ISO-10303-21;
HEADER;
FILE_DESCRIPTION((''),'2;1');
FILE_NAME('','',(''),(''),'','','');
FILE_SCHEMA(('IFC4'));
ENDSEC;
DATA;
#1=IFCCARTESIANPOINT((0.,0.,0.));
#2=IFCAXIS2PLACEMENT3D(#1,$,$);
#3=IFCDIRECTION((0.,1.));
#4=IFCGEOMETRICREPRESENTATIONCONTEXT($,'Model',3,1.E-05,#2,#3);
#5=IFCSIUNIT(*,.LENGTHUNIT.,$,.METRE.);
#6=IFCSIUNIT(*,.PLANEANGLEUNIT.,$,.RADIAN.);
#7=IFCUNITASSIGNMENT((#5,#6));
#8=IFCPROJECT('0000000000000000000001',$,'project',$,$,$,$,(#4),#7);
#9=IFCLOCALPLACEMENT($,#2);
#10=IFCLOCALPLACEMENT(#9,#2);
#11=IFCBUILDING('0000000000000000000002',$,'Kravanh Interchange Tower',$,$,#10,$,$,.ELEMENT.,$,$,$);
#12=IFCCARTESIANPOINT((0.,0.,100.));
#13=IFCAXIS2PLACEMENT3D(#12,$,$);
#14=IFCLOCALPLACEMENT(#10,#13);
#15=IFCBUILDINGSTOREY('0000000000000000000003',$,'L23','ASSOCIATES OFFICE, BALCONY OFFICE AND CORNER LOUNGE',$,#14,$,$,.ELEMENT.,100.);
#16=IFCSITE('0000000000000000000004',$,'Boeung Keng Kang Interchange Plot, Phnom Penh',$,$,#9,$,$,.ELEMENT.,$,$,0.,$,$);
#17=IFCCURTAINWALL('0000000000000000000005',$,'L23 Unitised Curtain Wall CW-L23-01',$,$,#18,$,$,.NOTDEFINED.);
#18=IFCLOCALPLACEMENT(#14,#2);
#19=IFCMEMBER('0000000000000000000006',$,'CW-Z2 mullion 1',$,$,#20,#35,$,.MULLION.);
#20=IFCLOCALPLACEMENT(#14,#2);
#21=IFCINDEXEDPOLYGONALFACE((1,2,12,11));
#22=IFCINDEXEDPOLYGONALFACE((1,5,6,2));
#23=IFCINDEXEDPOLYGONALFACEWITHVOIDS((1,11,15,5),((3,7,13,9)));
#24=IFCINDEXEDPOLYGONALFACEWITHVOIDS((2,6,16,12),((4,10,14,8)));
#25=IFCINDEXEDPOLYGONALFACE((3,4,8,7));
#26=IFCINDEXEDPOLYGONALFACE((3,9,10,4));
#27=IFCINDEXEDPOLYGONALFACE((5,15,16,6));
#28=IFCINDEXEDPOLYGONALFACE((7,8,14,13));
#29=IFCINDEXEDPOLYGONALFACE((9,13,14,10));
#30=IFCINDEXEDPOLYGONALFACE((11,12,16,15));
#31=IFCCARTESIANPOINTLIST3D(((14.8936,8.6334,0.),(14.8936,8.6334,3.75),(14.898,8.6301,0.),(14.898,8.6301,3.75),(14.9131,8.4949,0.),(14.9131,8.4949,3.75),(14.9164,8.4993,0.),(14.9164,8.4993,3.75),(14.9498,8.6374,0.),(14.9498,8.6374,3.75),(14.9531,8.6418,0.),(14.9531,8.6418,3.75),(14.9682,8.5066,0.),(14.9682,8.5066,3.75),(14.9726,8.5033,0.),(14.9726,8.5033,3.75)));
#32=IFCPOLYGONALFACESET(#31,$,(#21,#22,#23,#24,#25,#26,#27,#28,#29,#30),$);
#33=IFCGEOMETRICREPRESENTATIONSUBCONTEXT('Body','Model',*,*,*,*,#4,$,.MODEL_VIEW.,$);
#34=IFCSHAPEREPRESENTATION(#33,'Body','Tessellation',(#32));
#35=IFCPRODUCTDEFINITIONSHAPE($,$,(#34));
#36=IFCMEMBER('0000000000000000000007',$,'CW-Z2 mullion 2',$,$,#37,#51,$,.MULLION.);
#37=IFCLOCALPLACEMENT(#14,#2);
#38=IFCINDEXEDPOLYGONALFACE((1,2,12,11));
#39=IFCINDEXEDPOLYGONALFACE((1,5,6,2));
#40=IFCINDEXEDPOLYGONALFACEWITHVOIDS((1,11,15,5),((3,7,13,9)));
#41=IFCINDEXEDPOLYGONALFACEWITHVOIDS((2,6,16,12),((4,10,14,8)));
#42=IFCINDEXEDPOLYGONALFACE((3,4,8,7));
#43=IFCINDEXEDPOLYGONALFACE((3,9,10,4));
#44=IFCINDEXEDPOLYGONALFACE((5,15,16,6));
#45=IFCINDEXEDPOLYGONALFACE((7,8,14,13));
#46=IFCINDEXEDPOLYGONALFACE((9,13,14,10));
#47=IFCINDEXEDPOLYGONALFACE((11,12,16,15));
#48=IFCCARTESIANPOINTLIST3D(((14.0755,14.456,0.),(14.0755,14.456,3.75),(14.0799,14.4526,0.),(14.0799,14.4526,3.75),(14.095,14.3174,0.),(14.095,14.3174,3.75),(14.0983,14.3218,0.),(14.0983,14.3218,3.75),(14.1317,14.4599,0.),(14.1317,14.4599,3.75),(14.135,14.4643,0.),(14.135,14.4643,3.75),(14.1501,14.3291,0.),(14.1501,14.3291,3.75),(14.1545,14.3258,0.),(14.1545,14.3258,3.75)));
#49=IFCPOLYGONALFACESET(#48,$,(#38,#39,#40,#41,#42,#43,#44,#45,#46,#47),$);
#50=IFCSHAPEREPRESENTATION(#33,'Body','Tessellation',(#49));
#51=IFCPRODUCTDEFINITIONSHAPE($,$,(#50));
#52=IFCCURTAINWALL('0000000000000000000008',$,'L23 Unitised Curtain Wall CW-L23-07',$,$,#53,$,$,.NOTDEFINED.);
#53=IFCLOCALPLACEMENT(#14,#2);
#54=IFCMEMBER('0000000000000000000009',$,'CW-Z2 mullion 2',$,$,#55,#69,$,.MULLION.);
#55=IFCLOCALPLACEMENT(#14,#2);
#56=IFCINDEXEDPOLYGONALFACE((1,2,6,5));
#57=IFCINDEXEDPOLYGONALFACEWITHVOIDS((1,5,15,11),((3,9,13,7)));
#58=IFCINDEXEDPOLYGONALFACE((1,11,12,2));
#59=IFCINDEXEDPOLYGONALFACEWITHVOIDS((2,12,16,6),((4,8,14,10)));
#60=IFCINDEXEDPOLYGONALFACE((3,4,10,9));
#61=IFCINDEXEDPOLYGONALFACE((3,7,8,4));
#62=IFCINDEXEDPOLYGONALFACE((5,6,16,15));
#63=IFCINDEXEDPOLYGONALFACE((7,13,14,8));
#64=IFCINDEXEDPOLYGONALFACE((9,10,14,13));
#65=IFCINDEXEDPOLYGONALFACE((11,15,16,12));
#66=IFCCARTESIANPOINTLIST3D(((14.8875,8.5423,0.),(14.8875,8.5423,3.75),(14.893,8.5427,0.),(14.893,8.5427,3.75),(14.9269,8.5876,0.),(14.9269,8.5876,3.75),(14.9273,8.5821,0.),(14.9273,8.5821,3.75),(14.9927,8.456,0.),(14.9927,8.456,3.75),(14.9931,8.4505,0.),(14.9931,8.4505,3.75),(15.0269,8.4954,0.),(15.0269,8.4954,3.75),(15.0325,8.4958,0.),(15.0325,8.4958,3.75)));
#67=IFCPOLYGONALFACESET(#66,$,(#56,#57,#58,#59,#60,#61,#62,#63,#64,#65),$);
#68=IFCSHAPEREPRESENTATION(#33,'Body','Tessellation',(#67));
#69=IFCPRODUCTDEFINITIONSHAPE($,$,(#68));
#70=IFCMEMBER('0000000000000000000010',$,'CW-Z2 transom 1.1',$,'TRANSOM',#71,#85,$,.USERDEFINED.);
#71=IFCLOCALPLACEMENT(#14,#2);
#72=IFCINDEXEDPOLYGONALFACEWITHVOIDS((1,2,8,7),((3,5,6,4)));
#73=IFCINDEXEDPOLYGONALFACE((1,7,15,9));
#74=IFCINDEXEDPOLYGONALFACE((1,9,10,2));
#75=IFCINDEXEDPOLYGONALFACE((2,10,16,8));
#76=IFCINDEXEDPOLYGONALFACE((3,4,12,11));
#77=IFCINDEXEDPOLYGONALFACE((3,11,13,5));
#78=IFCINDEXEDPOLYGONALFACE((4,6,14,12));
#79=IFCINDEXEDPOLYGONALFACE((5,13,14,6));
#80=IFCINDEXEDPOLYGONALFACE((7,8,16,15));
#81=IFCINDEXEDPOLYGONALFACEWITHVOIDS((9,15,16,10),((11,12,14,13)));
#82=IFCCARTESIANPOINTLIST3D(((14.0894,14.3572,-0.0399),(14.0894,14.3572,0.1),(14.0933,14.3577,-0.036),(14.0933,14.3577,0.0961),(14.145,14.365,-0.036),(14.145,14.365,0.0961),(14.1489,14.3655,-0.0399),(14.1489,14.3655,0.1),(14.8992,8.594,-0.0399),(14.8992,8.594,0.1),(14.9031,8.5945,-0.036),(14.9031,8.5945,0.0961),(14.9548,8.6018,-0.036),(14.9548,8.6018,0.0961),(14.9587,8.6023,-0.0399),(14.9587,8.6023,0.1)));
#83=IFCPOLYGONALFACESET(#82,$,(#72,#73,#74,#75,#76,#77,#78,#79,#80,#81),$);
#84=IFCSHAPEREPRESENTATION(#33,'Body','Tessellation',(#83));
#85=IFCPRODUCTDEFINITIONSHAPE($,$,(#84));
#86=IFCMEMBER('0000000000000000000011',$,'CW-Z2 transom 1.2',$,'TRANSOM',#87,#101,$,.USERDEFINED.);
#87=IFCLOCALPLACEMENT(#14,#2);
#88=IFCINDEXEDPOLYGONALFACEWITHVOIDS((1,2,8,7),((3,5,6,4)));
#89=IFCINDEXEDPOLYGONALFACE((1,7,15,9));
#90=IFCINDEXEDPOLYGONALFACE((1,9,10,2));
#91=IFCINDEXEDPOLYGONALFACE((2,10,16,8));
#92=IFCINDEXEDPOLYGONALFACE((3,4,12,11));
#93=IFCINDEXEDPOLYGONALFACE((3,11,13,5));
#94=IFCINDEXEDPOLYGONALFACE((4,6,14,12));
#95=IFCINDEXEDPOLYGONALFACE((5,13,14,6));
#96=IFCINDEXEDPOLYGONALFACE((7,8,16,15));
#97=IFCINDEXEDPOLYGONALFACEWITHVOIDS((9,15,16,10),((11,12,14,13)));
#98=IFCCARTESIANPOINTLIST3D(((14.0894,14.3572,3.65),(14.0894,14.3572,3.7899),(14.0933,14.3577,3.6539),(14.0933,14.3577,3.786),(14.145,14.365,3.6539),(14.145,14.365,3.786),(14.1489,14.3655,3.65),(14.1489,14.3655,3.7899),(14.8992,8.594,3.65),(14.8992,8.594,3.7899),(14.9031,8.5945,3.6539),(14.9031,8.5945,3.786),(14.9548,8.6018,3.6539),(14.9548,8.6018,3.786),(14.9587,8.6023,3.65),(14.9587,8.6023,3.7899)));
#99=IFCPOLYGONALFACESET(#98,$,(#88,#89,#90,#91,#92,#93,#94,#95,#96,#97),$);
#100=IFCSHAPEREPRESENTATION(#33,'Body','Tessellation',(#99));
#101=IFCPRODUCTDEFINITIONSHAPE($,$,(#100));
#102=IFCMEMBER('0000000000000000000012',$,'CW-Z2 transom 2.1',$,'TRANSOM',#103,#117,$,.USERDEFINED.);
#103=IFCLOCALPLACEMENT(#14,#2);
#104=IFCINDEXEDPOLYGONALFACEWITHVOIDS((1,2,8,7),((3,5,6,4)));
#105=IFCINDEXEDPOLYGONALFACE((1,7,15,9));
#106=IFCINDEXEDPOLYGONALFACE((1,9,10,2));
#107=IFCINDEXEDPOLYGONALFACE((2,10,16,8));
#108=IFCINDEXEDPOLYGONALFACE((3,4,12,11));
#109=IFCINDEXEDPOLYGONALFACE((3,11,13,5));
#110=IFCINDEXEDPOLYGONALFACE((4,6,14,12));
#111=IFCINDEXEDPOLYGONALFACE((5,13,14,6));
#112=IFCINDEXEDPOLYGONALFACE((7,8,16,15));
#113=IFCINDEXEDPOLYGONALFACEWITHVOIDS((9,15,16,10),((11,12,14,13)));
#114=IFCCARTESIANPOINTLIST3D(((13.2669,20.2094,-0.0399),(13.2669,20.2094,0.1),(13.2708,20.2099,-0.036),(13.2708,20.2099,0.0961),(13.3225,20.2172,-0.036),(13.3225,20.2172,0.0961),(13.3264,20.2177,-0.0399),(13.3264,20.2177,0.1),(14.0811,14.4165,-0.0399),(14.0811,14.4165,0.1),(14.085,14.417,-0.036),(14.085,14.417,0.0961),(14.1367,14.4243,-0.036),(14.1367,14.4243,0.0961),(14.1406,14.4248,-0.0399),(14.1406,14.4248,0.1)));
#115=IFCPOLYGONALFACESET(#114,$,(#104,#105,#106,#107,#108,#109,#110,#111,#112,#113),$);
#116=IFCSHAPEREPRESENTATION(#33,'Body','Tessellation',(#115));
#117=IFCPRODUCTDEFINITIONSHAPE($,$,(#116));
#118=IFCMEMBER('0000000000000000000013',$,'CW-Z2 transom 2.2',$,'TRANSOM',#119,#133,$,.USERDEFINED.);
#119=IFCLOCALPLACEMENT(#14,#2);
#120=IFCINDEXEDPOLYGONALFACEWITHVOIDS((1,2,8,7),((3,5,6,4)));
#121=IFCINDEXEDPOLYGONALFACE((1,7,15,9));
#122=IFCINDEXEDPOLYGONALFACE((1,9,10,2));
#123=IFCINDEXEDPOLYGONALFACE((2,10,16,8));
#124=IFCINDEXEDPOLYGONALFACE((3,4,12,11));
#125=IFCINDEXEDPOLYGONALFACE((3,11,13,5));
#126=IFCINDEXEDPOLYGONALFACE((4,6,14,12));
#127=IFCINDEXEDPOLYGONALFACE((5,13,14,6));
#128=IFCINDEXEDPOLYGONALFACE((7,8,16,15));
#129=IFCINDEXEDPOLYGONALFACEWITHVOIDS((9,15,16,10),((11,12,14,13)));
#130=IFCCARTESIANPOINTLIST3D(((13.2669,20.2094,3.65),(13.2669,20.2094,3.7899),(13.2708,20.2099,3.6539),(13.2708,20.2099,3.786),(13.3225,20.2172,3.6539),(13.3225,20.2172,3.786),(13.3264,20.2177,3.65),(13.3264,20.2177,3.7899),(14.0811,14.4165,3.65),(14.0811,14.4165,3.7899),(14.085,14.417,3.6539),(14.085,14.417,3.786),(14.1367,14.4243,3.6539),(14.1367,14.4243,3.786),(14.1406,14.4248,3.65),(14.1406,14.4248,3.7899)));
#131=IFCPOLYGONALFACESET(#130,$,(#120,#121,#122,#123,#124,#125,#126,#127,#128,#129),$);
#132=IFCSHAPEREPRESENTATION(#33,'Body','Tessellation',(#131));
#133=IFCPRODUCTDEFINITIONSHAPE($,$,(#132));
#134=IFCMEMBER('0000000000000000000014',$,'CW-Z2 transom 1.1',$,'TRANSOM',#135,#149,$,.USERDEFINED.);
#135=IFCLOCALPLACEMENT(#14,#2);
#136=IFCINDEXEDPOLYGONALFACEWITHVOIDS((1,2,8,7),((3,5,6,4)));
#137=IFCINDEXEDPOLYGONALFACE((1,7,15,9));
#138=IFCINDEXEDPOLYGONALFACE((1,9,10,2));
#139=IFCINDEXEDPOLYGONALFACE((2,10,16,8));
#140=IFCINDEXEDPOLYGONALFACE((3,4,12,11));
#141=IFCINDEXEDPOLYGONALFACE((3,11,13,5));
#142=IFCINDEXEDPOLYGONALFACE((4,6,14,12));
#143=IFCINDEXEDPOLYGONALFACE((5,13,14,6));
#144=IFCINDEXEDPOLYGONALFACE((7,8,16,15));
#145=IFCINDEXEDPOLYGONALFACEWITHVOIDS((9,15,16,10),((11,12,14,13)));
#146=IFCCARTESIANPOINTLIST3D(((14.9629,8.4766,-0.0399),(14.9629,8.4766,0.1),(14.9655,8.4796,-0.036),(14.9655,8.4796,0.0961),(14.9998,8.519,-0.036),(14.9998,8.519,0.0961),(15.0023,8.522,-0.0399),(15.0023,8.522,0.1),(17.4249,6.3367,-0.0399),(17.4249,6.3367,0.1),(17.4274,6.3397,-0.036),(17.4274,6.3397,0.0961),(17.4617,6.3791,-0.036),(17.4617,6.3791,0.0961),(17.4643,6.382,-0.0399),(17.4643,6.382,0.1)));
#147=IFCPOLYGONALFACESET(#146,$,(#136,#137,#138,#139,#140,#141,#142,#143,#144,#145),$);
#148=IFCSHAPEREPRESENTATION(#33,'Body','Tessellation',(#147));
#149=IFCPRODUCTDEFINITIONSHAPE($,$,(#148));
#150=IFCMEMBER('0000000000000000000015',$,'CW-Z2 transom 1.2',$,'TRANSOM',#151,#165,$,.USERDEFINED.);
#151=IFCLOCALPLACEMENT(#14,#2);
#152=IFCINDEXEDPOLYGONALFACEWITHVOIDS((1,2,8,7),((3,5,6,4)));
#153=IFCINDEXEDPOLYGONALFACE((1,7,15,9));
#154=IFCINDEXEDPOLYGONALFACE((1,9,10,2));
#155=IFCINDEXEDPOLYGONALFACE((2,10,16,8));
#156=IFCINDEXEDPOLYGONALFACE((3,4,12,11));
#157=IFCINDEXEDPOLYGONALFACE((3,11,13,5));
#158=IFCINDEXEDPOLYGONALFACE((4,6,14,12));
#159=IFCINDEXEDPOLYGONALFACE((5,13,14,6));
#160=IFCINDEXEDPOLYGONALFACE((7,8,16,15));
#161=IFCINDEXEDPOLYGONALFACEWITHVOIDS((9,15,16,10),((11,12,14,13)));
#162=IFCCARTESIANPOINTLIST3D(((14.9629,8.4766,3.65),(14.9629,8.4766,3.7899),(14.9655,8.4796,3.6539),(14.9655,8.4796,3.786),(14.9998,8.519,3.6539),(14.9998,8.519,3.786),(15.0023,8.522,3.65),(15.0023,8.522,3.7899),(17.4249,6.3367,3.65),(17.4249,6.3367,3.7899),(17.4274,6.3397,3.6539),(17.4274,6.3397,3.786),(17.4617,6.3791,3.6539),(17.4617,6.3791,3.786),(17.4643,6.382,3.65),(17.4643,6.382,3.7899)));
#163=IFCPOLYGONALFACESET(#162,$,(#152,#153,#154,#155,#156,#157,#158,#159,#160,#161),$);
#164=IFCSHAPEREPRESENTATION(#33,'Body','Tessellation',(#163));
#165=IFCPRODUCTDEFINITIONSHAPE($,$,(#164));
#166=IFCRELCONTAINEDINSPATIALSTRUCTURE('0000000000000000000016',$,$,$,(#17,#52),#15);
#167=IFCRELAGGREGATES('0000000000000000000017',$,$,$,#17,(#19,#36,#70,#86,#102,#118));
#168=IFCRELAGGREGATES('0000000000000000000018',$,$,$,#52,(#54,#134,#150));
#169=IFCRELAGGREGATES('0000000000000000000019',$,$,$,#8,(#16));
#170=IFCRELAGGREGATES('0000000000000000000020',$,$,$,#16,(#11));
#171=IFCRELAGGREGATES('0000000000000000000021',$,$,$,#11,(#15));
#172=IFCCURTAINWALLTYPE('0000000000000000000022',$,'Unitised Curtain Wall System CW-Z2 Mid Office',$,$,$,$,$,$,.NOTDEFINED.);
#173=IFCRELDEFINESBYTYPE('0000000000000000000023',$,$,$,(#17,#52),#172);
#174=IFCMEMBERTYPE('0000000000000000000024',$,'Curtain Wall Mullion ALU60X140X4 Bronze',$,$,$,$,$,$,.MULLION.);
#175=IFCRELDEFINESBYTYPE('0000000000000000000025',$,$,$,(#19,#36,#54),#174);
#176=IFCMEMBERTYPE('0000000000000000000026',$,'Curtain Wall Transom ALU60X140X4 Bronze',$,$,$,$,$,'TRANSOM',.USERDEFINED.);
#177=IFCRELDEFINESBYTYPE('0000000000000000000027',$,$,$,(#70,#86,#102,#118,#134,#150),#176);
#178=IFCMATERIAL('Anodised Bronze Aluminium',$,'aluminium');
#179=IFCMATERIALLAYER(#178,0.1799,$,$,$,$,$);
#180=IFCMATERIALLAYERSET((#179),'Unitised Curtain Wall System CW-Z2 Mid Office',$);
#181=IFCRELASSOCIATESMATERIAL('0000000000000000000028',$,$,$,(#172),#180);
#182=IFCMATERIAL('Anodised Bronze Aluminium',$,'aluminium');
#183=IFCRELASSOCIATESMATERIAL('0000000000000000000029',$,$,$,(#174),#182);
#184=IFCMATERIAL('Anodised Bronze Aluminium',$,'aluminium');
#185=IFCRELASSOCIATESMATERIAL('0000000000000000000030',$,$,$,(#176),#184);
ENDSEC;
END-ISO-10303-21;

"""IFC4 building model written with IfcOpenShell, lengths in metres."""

from ifc_helpers import new_model, si_unit, direction, frame, origin, origin_2d, place, context, subcontext, project, spatial, hollow_rectangle, extrude, material, layer, layer_set, material_profile, profile_set, type_object, element, aggregate, save


model = new_model("IFC4")

# Units and contexts
model_context = context("Model", 3, precision=1e-05, world=origin(), true_north=direction((0.0, 1.0)))
body_context = subcontext(model_context, "Body", "Model", "MODEL_VIEW")
ifc_project = project(units=[si_unit("LENGTHUNIT", "METRE"), si_unit("PLANEANGLEUNIT", "RADIAN")], contexts=[model_context])

# Site, building, storey
site_placement = place(None, origin())
site = spatial("IfcSite", under=ifc_project, at=site_placement, Name="Boeung Keng Kang Interchange Plot, Phnom Penh", CompositionType="ELEMENT", RefElevation=0.0)
building_placement = place(site_placement, origin())
building = spatial("IfcBuilding", under=site, at=building_placement, Name="Kravanh Interchange Tower", CompositionType="ELEMENT")
storey_placement = place(building_placement, frame((0.0, 0.0, 100.0)))
storey = spatial("IfcBuildingStorey", under=building, at=storey_placement, Name="L23", Description="ASSOCIATES OFFICE, BALCONY OFFICE AND CORNER LOUNGE", CompositionType="ELEMENT", Elevation=100.0)

# Curtain wall, members
ifc_material_1 = material(Name="Anodised Bronze Aluminium", Category="aluminium")
ifc_layer_1 = layer(ifc_material_1, 0.1799)
ifc_layer_set_1 = layer_set([ifc_layer_1], Name="Unitised Curtain Wall System CW-Z2 Mid Office")
curtain_wall_type = type_object("IfcCurtainWallType", Name="Unitised Curtain Wall System CW-Z2 Mid Office", PredefinedType="NOTDEFINED", material=ifc_layer_set_1)
curtain_wall_1_placement = place(storey_placement, origin())
curtain_wall_1 = element("IfcCurtainWall", 1, at=curtain_wall_1_placement, inside=storey, type_object=curtain_wall_type, Name="L23 Unitised Curtain Wall CW-L23-01", PredefinedType="NOTDEFINED")
ifc_material_2 = material(Name="Anodised Bronze Aluminium", Category="aluminium")
ifc_material_profile_1 = material_profile(ifc_material_2, hollow_rectangle(XDim=0.0601, YDim=0.1399, WallThickness=0.0039, at=origin_2d()), Name="ALU60X140X4")
ifc_profile_set_1 = profile_set([ifc_material_profile_1], Name="Anodised Bronze Aluminium")
member_type_1 = type_object("IfcMemberType", Name="Curtain Wall Mullion ALU60X140X4 Bronze", PredefinedType="MULLION", material=ifc_profile_set_1)
member_1_placement = place(storey_placement, frame((14.9331, 8.5684, 0.0), z_axis=(0.0, 0.0, 1.0), x_axis=(-0.990268, -0.139173, 0.0)))
member_1 = element("IfcMember", 2, at=member_1_placement, type_object=member_type_1, Name="CW-Z2 mullion 1", PredefinedType="MULLION", context=body_context, shape_type="SweptSolid", body=[
    extrude(hollow_rectangle(XDim=0.0601, YDim=0.1399, WallThickness=0.0039, at=origin_2d()), origin(), (0.0, 0.0, 1.0), 3.75),
])
member_2_placement = place(storey_placement, frame((14.115, 14.3909, 0.0), z_axis=(0.0, 0.0, 1.0), x_axis=(-0.990268, -0.139173, 0.0)))
member_2 = element("IfcMember", 3, at=member_2_placement, type_object=member_type_1, Name="CW-Z2 mullion 2", PredefinedType="MULLION", context=body_context, shape_type="SweptSolid", body=[
    extrude(hollow_rectangle(XDim=0.0601, YDim=0.1399, WallThickness=0.0039, at=origin_2d()), origin(), (0.0, 0.0, 1.0), 3.75),
])

# Curtain wall, member
curtain_wall_2_placement = place(storey_placement, origin())
curtain_wall_2 = element("IfcCurtainWall", 4, at=curtain_wall_2_placement, inside=storey, type_object=curtain_wall_type, Name="L23 Unitised Curtain Wall CW-L23-07", PredefinedType="NOTDEFINED")
member_3_placement = place(storey_placement, frame((14.96, 8.519, 0.0), z_axis=(0.0, 0.0, 1.0), x_axis=(-0.656048, -0.754719, 0.0)))
member_3 = element("IfcMember", 5, at=member_3_placement, type_object=member_type_1, Name="CW-Z2 mullion 2", PredefinedType="MULLION", context=body_context, shape_type="SweptSolid", body=[
    extrude(hollow_rectangle(XDim=0.0601, YDim=0.1399, WallThickness=0.0039, at=origin_2d()), origin(), (0.0, 0.0, 1.0), 3.75),
])

# Members
ifc_material_3 = material(Name="Anodised Bronze Aluminium", Category="aluminium")
ifc_material_profile_2 = material_profile(ifc_material_3, hollow_rectangle(XDim=0.0601, YDim=0.1399, WallThickness=0.0039, at=origin_2d()), Name="ALU60X140X4")
ifc_profile_set_2 = profile_set([ifc_material_profile_2], Name="Anodised Bronze Aluminium")
member_type_2 = type_object("IfcMemberType", Name="Curtain Wall Transom ALU60X140X4 Bronze", ElementType="TRANSOM", PredefinedType="USERDEFINED", material=ifc_profile_set_2)
member_4_placement = place(storey_placement, frame((14.929, 8.5981, 0.03), z_axis=(-0.139148, 0.990272, 0.0), x_axis=(-0.990272, -0.139148, 0.0)))
member_4 = element("IfcMember", 6, at=member_4_placement, type_object=member_type_2, Name="CW-Z2 transom 1.1", ObjectType="TRANSOM", PredefinedType="USERDEFINED", context=body_context, shape_type="SweptSolid", body=[
    extrude(hollow_rectangle(XDim=0.0601, YDim=0.1399, WallThickness=0.0039, at=origin_2d()), origin(), (0.0, 0.0, 1.0), 5.8198),
])
member_5_placement = place(storey_placement, frame((14.929, 8.5981, 3.72), z_axis=(-0.139148, 0.990272, 0.0), x_axis=(-0.990272, -0.139148, 0.0)))
member_5 = element("IfcMember", 7, at=member_5_placement, type_object=member_type_2, Name="CW-Z2 transom 1.2", ObjectType="TRANSOM", PredefinedType="USERDEFINED", context=body_context, shape_type="SweptSolid", body=[
    extrude(hollow_rectangle(XDim=0.0601, YDim=0.1399, WallThickness=0.0039, at=origin_2d()), origin(), (0.0, 0.0, 1.0), 5.8198),
])
member_6_placement = place(storey_placement, frame((14.1108, 14.4207, 0.03), z_axis=(-0.139183, 0.990267, 0.0), x_axis=(-0.990267, -0.139183, 0.0)))
member_6 = element("IfcMember", 8, at=member_6_placement, type_object=member_type_2, Name="CW-Z2 transom 2.1", ObjectType="TRANSOM", PredefinedType="USERDEFINED", context=body_context, shape_type="SweptSolid", body=[
    extrude(hollow_rectangle(XDim=0.0601, YDim=0.1399, WallThickness=0.0039, at=origin_2d()), origin(), (0.0, 0.0, 1.0), 5.8499),
])
member_7_placement = place(storey_placement, frame((14.1108, 14.4207, 3.72), z_axis=(-0.139183, 0.990267, 0.0), x_axis=(-0.990267, -0.139183, 0.0)))
member_7 = element("IfcMember", 9, at=member_7_placement, type_object=member_type_2, Name="CW-Z2 transom 2.2", ObjectType="TRANSOM", PredefinedType="USERDEFINED", context=body_context, shape_type="SweptSolid", body=[
    extrude(hollow_rectangle(XDim=0.0601, YDim=0.1399, WallThickness=0.0039, at=origin_2d()), origin(), (0.0, 0.0, 1.0), 5.8499),
])
member_8_placement = place(storey_placement, frame((17.4446, 6.3594, 0.03), z_axis=(-0.754742, 0.656021, 0.0), x_axis=(-0.656021, -0.754742, 0.0)))
member_8 = element("IfcMember", 10, at=member_8_placement, type_object=member_type_2, Name="CW-Z2 transom 1.1", ObjectType="TRANSOM", PredefinedType="USERDEFINED", context=body_context, shape_type="SweptSolid", body=[
    extrude(hollow_rectangle(XDim=0.0601, YDim=0.1399, WallThickness=0.0039, at=origin_2d()), origin(), (0.0, 0.0, 1.0), 3.262),
])
member_9_placement = place(storey_placement, frame((17.4446, 6.3594, 3.72), z_axis=(-0.754742, 0.656021, 0.0), x_axis=(-0.656021, -0.754742, 0.0)))
member_9 = element("IfcMember", 11, at=member_9_placement, type_object=member_type_2, Name="CW-Z2 transom 1.2", ObjectType="TRANSOM", PredefinedType="USERDEFINED", context=body_context, shape_type="SweptSolid", body=[
    extrude(hollow_rectangle(XDim=0.0601, YDim=0.1399, WallThickness=0.0039, at=origin_2d()), origin(), (0.0, 0.0, 1.0), 3.262),
])

aggregate(curtain_wall_1, [member_1, member_2, member_4, member_5, member_6, member_7])
aggregate(curtain_wall_2, [member_3, member_8, member_9])

save(model, "model.ifc")
